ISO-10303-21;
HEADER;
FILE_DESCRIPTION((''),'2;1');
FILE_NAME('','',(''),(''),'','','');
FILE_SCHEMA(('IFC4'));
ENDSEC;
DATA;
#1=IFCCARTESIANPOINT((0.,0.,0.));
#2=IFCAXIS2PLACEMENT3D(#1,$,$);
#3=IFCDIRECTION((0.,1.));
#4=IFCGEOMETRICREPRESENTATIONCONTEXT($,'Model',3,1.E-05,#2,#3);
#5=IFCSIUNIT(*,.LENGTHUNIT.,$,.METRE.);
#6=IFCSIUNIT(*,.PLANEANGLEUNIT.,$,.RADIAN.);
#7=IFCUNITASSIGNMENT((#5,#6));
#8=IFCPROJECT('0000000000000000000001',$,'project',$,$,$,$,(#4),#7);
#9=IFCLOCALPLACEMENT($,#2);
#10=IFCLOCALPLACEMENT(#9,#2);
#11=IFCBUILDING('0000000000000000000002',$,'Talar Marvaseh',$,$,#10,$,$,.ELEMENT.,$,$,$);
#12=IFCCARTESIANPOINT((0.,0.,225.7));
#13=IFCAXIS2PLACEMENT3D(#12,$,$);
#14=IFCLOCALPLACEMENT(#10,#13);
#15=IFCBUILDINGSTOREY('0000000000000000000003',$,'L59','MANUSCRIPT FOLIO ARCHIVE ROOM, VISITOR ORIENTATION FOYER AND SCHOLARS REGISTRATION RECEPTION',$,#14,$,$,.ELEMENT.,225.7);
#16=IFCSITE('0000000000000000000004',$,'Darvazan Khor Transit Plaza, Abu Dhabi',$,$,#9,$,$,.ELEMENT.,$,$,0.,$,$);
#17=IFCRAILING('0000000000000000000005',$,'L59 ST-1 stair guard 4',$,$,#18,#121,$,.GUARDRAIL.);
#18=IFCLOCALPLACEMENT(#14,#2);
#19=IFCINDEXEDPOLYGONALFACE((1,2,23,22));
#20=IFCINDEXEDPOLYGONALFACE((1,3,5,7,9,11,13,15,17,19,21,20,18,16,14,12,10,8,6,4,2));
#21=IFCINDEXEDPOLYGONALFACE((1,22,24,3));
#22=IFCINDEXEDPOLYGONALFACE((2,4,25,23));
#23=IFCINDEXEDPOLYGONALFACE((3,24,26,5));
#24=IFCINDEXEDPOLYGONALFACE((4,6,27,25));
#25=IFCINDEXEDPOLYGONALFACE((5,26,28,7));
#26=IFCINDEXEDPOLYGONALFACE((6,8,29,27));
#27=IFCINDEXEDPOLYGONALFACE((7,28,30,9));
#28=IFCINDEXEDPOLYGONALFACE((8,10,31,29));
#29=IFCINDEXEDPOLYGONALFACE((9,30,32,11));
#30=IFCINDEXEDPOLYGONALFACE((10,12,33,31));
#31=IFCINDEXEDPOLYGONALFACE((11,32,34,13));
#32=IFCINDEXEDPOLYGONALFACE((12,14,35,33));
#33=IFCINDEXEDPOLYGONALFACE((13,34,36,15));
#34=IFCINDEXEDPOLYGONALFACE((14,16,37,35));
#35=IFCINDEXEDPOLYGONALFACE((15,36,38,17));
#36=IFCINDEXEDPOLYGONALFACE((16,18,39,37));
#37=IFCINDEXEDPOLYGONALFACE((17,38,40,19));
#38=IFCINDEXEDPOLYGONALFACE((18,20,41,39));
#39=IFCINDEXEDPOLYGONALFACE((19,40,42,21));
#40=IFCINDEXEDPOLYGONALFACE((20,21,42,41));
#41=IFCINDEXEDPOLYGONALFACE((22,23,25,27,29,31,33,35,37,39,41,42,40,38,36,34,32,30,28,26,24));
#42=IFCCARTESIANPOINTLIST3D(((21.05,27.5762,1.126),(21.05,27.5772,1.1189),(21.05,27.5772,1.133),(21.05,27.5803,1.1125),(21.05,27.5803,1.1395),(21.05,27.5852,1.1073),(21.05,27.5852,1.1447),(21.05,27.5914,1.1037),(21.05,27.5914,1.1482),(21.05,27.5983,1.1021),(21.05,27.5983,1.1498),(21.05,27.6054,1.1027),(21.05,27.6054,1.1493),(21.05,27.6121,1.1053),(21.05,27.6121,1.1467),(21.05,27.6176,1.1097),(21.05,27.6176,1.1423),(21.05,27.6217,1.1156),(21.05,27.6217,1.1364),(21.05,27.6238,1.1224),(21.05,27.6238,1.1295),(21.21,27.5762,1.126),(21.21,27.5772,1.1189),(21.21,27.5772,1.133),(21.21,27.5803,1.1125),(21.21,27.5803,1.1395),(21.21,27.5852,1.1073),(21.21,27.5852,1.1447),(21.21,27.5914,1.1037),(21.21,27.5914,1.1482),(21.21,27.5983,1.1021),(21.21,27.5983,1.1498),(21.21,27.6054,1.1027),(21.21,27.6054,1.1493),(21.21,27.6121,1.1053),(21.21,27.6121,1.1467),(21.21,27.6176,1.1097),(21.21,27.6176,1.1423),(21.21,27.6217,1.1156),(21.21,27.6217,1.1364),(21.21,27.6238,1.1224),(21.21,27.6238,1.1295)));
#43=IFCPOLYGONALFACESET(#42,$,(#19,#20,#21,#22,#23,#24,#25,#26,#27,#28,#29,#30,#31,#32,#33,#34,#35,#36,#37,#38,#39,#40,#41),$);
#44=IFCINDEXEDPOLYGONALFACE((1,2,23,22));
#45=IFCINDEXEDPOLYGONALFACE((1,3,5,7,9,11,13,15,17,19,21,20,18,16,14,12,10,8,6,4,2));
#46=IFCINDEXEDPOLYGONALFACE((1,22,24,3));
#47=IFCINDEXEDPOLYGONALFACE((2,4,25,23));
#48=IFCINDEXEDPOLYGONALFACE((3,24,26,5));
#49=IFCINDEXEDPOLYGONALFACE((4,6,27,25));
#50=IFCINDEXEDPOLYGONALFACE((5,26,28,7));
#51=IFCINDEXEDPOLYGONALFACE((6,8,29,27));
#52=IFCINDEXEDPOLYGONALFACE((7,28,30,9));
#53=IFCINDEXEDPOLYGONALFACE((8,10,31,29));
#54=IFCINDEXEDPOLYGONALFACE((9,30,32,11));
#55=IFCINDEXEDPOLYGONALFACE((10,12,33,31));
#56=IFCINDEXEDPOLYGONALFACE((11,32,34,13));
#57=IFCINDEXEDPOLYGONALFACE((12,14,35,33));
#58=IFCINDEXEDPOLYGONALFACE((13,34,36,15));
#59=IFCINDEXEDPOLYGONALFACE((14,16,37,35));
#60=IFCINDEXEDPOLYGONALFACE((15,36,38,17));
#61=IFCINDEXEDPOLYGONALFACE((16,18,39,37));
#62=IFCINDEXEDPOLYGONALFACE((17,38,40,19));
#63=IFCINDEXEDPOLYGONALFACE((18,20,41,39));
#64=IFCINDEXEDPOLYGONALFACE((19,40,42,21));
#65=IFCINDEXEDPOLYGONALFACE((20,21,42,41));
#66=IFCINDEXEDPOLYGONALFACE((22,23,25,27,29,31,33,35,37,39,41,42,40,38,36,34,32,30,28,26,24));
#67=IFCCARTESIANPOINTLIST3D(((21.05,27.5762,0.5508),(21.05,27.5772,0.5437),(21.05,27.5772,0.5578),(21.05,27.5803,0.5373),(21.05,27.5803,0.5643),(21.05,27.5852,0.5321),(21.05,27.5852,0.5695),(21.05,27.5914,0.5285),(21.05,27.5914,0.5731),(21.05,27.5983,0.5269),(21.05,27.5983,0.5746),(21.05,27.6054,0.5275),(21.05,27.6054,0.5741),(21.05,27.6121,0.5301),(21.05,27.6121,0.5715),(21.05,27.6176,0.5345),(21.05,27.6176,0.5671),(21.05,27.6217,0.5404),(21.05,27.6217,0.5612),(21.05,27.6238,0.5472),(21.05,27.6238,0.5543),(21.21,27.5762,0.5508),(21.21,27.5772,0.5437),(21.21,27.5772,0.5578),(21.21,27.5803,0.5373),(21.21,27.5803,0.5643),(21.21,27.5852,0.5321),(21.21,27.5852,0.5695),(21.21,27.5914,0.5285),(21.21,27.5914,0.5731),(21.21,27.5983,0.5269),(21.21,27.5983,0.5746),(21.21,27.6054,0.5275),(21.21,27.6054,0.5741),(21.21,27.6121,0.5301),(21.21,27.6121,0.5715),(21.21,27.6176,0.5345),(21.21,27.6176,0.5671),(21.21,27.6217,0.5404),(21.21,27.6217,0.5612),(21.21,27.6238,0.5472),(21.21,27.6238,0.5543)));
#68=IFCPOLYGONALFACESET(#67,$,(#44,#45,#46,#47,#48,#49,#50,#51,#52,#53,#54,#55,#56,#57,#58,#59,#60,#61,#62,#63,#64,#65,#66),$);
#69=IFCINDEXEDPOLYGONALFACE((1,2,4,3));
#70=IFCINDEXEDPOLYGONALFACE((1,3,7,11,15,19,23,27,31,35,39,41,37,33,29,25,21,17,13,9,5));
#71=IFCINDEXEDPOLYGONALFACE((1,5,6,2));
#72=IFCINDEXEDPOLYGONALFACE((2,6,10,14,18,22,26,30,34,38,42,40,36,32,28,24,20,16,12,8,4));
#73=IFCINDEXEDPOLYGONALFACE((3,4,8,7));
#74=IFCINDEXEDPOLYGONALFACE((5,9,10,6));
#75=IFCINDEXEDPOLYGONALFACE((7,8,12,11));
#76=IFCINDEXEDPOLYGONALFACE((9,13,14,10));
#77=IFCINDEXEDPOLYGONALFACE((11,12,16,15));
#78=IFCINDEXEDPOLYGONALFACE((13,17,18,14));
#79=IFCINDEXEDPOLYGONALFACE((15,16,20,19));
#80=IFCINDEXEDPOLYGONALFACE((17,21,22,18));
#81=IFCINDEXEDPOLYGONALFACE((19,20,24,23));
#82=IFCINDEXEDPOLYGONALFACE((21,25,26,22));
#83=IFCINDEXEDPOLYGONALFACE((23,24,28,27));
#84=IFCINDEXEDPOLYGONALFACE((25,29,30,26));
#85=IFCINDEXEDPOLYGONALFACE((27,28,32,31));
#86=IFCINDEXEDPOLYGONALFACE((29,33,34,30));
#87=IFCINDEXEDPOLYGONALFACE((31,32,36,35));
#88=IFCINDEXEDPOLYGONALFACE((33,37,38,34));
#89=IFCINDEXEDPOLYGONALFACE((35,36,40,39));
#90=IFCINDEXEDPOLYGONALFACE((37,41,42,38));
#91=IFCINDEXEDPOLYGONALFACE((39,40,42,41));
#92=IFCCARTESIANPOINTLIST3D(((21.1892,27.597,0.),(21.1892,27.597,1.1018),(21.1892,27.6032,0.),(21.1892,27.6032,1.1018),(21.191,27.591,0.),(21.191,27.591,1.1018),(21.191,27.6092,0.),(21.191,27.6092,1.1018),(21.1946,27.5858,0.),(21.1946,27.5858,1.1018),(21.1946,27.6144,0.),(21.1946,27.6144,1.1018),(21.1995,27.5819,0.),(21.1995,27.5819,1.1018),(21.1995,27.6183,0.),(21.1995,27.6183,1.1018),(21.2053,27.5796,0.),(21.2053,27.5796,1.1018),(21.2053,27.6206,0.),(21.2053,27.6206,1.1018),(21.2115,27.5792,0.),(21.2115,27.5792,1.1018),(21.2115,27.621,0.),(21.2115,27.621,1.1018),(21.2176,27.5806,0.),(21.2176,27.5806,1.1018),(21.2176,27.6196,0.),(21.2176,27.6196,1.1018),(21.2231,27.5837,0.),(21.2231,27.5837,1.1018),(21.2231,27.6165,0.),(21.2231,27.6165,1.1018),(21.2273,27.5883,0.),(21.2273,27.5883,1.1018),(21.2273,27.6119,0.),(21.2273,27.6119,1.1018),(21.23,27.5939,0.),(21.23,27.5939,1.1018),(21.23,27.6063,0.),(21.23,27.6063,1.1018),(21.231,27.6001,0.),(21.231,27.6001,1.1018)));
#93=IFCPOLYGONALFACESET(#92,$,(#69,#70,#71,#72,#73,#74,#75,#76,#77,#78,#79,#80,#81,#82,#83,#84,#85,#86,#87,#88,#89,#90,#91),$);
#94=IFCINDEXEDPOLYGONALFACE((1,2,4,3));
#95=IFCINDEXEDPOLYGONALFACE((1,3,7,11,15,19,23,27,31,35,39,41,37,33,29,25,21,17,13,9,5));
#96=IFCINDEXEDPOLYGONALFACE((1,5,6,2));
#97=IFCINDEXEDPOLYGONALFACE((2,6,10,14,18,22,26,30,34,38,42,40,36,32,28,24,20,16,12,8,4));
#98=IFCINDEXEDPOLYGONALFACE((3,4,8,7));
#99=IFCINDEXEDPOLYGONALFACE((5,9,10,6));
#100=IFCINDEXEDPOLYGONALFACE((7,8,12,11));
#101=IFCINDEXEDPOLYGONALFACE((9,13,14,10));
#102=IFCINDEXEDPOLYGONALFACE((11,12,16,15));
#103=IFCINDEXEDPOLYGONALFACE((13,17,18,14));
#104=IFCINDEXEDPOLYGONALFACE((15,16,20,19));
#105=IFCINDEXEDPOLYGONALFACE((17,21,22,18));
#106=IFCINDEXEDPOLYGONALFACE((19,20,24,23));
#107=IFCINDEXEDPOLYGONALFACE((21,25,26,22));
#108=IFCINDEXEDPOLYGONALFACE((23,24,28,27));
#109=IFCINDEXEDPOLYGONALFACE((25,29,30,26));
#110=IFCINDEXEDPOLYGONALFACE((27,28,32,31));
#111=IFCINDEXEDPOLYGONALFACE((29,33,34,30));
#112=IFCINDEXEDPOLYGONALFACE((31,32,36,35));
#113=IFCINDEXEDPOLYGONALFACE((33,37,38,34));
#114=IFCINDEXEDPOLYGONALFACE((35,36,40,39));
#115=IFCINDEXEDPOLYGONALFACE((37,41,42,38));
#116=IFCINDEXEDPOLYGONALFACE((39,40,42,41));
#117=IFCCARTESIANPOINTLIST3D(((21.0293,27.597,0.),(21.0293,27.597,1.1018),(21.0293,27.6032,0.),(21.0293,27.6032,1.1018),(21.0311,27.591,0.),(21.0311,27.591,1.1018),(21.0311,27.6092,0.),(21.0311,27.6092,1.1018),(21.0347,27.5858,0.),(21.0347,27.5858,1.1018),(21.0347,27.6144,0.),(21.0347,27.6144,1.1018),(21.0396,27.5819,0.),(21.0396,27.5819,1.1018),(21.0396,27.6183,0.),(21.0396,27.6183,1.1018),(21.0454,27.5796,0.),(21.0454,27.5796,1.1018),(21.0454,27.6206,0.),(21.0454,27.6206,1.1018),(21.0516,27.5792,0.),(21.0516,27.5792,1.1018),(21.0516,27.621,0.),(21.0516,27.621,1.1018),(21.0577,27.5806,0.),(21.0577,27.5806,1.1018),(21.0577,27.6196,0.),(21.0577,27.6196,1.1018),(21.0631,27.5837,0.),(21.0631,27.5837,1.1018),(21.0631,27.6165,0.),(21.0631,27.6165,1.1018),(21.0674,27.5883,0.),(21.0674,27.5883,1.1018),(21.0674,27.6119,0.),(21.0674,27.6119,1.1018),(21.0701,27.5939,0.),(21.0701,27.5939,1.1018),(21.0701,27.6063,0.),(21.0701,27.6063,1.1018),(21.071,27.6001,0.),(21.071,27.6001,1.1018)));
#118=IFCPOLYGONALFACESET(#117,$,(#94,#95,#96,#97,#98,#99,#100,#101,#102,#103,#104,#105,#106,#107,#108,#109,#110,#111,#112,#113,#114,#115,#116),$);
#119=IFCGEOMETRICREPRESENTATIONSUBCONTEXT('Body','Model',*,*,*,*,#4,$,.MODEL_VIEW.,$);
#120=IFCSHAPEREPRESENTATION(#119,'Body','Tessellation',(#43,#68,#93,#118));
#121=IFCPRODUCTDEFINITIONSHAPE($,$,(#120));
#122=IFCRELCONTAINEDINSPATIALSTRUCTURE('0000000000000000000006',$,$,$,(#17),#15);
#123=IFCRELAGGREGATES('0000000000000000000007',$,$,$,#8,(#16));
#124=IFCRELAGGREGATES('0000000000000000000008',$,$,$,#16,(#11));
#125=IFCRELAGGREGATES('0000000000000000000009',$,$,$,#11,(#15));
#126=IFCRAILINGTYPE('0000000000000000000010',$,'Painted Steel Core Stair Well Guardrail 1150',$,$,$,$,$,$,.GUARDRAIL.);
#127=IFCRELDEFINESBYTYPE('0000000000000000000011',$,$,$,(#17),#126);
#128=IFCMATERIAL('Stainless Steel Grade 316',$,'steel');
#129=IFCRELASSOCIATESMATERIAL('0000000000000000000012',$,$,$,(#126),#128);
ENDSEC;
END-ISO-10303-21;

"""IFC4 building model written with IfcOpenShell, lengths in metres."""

from ifc_helpers import new_model, si_unit, direction, frame, origin, origin_2d, place, context, subcontext, project, spatial, circle, extrude, material, type_object, element, save


model = new_model("IFC4")

# Units and contexts
model_context = context("Model", 3, precision=1e-05, world=origin(), true_north=direction((0.0, 1.0)))
body_context = subcontext(model_context, "Body", "Model", "MODEL_VIEW")
ifc_project = project(units=[si_unit("LENGTHUNIT", "METRE"), si_unit("PLANEANGLEUNIT", "RADIAN")], contexts=[model_context])

# Site, building, storey
site_placement = place(None, origin())
site = spatial("IfcSite", under=ifc_project, at=site_placement, Name="Darvazan Khor Transit Plaza, Abu Dhabi", CompositionType="ELEMENT", RefElevation=0.0)
building_placement = place(site_placement, origin())
building = spatial("IfcBuilding", under=site, at=building_placement, Name="Talar Marvaseh", CompositionType="ELEMENT")
storey_placement = place(building_placement, frame((0.0, 0.0, 225.7)))
storey = spatial("IfcBuildingStorey", under=building, at=storey_placement, Name="L59", Description="MANUSCRIPT FOLIO ARCHIVE ROOM, VISITOR ORIENTATION FOYER AND SCHOLARS REGISTRATION RECEPTION", CompositionType="ELEMENT", Elevation=225.7)

# Railing
ifc_material_1 = material(Name="Stainless Steel Grade 316", Category="steel")
railing_type_1 = type_object("IfcRailingType", Name="Painted Steel Core Stair Well Guardrail 1150", PredefinedType="GUARDRAIL", material=ifc_material_1)
railing_1_placement = place(storey_placement, frame((21.21, 27.6001, 0.0)))
element("IfcRailing", 1, at=railing_1_placement, inside=storey, type_object=railing_type_1, Name="L59 ST-1 stair guard 4", PredefinedType="GUARDRAIL", context=body_context, shape_type="SweptSolid", body=[
    extrude(circle(Radius=0.0239, at=origin_2d()), frame((0.0, 0.0, 1.126), z_axis=(-1.0, 0.0, 0.0), x_axis=(0.0, -1.0, 0.0)), (0.0, 0.0, 1.0), 0.1599),
    extrude(circle(Radius=0.0239, at=origin_2d()), frame((0.0, 0.0, 0.5508), z_axis=(-1.0, 0.0, 0.0), x_axis=(0.0, -1.0, 0.0)), (0.0, 0.0, 1.0), 0.1599),
    extrude(circle(Radius=0.021, at=origin_2d()), origin(), (0.0, 0.0, 1.0), 1.1018),
    extrude(circle(Radius=0.021, at=origin_2d()), frame((-0.1599, 0.0, 0.0)), (0.0, 0.0, 1.0), 1.1018),
])

save(model, "model.ifc")
